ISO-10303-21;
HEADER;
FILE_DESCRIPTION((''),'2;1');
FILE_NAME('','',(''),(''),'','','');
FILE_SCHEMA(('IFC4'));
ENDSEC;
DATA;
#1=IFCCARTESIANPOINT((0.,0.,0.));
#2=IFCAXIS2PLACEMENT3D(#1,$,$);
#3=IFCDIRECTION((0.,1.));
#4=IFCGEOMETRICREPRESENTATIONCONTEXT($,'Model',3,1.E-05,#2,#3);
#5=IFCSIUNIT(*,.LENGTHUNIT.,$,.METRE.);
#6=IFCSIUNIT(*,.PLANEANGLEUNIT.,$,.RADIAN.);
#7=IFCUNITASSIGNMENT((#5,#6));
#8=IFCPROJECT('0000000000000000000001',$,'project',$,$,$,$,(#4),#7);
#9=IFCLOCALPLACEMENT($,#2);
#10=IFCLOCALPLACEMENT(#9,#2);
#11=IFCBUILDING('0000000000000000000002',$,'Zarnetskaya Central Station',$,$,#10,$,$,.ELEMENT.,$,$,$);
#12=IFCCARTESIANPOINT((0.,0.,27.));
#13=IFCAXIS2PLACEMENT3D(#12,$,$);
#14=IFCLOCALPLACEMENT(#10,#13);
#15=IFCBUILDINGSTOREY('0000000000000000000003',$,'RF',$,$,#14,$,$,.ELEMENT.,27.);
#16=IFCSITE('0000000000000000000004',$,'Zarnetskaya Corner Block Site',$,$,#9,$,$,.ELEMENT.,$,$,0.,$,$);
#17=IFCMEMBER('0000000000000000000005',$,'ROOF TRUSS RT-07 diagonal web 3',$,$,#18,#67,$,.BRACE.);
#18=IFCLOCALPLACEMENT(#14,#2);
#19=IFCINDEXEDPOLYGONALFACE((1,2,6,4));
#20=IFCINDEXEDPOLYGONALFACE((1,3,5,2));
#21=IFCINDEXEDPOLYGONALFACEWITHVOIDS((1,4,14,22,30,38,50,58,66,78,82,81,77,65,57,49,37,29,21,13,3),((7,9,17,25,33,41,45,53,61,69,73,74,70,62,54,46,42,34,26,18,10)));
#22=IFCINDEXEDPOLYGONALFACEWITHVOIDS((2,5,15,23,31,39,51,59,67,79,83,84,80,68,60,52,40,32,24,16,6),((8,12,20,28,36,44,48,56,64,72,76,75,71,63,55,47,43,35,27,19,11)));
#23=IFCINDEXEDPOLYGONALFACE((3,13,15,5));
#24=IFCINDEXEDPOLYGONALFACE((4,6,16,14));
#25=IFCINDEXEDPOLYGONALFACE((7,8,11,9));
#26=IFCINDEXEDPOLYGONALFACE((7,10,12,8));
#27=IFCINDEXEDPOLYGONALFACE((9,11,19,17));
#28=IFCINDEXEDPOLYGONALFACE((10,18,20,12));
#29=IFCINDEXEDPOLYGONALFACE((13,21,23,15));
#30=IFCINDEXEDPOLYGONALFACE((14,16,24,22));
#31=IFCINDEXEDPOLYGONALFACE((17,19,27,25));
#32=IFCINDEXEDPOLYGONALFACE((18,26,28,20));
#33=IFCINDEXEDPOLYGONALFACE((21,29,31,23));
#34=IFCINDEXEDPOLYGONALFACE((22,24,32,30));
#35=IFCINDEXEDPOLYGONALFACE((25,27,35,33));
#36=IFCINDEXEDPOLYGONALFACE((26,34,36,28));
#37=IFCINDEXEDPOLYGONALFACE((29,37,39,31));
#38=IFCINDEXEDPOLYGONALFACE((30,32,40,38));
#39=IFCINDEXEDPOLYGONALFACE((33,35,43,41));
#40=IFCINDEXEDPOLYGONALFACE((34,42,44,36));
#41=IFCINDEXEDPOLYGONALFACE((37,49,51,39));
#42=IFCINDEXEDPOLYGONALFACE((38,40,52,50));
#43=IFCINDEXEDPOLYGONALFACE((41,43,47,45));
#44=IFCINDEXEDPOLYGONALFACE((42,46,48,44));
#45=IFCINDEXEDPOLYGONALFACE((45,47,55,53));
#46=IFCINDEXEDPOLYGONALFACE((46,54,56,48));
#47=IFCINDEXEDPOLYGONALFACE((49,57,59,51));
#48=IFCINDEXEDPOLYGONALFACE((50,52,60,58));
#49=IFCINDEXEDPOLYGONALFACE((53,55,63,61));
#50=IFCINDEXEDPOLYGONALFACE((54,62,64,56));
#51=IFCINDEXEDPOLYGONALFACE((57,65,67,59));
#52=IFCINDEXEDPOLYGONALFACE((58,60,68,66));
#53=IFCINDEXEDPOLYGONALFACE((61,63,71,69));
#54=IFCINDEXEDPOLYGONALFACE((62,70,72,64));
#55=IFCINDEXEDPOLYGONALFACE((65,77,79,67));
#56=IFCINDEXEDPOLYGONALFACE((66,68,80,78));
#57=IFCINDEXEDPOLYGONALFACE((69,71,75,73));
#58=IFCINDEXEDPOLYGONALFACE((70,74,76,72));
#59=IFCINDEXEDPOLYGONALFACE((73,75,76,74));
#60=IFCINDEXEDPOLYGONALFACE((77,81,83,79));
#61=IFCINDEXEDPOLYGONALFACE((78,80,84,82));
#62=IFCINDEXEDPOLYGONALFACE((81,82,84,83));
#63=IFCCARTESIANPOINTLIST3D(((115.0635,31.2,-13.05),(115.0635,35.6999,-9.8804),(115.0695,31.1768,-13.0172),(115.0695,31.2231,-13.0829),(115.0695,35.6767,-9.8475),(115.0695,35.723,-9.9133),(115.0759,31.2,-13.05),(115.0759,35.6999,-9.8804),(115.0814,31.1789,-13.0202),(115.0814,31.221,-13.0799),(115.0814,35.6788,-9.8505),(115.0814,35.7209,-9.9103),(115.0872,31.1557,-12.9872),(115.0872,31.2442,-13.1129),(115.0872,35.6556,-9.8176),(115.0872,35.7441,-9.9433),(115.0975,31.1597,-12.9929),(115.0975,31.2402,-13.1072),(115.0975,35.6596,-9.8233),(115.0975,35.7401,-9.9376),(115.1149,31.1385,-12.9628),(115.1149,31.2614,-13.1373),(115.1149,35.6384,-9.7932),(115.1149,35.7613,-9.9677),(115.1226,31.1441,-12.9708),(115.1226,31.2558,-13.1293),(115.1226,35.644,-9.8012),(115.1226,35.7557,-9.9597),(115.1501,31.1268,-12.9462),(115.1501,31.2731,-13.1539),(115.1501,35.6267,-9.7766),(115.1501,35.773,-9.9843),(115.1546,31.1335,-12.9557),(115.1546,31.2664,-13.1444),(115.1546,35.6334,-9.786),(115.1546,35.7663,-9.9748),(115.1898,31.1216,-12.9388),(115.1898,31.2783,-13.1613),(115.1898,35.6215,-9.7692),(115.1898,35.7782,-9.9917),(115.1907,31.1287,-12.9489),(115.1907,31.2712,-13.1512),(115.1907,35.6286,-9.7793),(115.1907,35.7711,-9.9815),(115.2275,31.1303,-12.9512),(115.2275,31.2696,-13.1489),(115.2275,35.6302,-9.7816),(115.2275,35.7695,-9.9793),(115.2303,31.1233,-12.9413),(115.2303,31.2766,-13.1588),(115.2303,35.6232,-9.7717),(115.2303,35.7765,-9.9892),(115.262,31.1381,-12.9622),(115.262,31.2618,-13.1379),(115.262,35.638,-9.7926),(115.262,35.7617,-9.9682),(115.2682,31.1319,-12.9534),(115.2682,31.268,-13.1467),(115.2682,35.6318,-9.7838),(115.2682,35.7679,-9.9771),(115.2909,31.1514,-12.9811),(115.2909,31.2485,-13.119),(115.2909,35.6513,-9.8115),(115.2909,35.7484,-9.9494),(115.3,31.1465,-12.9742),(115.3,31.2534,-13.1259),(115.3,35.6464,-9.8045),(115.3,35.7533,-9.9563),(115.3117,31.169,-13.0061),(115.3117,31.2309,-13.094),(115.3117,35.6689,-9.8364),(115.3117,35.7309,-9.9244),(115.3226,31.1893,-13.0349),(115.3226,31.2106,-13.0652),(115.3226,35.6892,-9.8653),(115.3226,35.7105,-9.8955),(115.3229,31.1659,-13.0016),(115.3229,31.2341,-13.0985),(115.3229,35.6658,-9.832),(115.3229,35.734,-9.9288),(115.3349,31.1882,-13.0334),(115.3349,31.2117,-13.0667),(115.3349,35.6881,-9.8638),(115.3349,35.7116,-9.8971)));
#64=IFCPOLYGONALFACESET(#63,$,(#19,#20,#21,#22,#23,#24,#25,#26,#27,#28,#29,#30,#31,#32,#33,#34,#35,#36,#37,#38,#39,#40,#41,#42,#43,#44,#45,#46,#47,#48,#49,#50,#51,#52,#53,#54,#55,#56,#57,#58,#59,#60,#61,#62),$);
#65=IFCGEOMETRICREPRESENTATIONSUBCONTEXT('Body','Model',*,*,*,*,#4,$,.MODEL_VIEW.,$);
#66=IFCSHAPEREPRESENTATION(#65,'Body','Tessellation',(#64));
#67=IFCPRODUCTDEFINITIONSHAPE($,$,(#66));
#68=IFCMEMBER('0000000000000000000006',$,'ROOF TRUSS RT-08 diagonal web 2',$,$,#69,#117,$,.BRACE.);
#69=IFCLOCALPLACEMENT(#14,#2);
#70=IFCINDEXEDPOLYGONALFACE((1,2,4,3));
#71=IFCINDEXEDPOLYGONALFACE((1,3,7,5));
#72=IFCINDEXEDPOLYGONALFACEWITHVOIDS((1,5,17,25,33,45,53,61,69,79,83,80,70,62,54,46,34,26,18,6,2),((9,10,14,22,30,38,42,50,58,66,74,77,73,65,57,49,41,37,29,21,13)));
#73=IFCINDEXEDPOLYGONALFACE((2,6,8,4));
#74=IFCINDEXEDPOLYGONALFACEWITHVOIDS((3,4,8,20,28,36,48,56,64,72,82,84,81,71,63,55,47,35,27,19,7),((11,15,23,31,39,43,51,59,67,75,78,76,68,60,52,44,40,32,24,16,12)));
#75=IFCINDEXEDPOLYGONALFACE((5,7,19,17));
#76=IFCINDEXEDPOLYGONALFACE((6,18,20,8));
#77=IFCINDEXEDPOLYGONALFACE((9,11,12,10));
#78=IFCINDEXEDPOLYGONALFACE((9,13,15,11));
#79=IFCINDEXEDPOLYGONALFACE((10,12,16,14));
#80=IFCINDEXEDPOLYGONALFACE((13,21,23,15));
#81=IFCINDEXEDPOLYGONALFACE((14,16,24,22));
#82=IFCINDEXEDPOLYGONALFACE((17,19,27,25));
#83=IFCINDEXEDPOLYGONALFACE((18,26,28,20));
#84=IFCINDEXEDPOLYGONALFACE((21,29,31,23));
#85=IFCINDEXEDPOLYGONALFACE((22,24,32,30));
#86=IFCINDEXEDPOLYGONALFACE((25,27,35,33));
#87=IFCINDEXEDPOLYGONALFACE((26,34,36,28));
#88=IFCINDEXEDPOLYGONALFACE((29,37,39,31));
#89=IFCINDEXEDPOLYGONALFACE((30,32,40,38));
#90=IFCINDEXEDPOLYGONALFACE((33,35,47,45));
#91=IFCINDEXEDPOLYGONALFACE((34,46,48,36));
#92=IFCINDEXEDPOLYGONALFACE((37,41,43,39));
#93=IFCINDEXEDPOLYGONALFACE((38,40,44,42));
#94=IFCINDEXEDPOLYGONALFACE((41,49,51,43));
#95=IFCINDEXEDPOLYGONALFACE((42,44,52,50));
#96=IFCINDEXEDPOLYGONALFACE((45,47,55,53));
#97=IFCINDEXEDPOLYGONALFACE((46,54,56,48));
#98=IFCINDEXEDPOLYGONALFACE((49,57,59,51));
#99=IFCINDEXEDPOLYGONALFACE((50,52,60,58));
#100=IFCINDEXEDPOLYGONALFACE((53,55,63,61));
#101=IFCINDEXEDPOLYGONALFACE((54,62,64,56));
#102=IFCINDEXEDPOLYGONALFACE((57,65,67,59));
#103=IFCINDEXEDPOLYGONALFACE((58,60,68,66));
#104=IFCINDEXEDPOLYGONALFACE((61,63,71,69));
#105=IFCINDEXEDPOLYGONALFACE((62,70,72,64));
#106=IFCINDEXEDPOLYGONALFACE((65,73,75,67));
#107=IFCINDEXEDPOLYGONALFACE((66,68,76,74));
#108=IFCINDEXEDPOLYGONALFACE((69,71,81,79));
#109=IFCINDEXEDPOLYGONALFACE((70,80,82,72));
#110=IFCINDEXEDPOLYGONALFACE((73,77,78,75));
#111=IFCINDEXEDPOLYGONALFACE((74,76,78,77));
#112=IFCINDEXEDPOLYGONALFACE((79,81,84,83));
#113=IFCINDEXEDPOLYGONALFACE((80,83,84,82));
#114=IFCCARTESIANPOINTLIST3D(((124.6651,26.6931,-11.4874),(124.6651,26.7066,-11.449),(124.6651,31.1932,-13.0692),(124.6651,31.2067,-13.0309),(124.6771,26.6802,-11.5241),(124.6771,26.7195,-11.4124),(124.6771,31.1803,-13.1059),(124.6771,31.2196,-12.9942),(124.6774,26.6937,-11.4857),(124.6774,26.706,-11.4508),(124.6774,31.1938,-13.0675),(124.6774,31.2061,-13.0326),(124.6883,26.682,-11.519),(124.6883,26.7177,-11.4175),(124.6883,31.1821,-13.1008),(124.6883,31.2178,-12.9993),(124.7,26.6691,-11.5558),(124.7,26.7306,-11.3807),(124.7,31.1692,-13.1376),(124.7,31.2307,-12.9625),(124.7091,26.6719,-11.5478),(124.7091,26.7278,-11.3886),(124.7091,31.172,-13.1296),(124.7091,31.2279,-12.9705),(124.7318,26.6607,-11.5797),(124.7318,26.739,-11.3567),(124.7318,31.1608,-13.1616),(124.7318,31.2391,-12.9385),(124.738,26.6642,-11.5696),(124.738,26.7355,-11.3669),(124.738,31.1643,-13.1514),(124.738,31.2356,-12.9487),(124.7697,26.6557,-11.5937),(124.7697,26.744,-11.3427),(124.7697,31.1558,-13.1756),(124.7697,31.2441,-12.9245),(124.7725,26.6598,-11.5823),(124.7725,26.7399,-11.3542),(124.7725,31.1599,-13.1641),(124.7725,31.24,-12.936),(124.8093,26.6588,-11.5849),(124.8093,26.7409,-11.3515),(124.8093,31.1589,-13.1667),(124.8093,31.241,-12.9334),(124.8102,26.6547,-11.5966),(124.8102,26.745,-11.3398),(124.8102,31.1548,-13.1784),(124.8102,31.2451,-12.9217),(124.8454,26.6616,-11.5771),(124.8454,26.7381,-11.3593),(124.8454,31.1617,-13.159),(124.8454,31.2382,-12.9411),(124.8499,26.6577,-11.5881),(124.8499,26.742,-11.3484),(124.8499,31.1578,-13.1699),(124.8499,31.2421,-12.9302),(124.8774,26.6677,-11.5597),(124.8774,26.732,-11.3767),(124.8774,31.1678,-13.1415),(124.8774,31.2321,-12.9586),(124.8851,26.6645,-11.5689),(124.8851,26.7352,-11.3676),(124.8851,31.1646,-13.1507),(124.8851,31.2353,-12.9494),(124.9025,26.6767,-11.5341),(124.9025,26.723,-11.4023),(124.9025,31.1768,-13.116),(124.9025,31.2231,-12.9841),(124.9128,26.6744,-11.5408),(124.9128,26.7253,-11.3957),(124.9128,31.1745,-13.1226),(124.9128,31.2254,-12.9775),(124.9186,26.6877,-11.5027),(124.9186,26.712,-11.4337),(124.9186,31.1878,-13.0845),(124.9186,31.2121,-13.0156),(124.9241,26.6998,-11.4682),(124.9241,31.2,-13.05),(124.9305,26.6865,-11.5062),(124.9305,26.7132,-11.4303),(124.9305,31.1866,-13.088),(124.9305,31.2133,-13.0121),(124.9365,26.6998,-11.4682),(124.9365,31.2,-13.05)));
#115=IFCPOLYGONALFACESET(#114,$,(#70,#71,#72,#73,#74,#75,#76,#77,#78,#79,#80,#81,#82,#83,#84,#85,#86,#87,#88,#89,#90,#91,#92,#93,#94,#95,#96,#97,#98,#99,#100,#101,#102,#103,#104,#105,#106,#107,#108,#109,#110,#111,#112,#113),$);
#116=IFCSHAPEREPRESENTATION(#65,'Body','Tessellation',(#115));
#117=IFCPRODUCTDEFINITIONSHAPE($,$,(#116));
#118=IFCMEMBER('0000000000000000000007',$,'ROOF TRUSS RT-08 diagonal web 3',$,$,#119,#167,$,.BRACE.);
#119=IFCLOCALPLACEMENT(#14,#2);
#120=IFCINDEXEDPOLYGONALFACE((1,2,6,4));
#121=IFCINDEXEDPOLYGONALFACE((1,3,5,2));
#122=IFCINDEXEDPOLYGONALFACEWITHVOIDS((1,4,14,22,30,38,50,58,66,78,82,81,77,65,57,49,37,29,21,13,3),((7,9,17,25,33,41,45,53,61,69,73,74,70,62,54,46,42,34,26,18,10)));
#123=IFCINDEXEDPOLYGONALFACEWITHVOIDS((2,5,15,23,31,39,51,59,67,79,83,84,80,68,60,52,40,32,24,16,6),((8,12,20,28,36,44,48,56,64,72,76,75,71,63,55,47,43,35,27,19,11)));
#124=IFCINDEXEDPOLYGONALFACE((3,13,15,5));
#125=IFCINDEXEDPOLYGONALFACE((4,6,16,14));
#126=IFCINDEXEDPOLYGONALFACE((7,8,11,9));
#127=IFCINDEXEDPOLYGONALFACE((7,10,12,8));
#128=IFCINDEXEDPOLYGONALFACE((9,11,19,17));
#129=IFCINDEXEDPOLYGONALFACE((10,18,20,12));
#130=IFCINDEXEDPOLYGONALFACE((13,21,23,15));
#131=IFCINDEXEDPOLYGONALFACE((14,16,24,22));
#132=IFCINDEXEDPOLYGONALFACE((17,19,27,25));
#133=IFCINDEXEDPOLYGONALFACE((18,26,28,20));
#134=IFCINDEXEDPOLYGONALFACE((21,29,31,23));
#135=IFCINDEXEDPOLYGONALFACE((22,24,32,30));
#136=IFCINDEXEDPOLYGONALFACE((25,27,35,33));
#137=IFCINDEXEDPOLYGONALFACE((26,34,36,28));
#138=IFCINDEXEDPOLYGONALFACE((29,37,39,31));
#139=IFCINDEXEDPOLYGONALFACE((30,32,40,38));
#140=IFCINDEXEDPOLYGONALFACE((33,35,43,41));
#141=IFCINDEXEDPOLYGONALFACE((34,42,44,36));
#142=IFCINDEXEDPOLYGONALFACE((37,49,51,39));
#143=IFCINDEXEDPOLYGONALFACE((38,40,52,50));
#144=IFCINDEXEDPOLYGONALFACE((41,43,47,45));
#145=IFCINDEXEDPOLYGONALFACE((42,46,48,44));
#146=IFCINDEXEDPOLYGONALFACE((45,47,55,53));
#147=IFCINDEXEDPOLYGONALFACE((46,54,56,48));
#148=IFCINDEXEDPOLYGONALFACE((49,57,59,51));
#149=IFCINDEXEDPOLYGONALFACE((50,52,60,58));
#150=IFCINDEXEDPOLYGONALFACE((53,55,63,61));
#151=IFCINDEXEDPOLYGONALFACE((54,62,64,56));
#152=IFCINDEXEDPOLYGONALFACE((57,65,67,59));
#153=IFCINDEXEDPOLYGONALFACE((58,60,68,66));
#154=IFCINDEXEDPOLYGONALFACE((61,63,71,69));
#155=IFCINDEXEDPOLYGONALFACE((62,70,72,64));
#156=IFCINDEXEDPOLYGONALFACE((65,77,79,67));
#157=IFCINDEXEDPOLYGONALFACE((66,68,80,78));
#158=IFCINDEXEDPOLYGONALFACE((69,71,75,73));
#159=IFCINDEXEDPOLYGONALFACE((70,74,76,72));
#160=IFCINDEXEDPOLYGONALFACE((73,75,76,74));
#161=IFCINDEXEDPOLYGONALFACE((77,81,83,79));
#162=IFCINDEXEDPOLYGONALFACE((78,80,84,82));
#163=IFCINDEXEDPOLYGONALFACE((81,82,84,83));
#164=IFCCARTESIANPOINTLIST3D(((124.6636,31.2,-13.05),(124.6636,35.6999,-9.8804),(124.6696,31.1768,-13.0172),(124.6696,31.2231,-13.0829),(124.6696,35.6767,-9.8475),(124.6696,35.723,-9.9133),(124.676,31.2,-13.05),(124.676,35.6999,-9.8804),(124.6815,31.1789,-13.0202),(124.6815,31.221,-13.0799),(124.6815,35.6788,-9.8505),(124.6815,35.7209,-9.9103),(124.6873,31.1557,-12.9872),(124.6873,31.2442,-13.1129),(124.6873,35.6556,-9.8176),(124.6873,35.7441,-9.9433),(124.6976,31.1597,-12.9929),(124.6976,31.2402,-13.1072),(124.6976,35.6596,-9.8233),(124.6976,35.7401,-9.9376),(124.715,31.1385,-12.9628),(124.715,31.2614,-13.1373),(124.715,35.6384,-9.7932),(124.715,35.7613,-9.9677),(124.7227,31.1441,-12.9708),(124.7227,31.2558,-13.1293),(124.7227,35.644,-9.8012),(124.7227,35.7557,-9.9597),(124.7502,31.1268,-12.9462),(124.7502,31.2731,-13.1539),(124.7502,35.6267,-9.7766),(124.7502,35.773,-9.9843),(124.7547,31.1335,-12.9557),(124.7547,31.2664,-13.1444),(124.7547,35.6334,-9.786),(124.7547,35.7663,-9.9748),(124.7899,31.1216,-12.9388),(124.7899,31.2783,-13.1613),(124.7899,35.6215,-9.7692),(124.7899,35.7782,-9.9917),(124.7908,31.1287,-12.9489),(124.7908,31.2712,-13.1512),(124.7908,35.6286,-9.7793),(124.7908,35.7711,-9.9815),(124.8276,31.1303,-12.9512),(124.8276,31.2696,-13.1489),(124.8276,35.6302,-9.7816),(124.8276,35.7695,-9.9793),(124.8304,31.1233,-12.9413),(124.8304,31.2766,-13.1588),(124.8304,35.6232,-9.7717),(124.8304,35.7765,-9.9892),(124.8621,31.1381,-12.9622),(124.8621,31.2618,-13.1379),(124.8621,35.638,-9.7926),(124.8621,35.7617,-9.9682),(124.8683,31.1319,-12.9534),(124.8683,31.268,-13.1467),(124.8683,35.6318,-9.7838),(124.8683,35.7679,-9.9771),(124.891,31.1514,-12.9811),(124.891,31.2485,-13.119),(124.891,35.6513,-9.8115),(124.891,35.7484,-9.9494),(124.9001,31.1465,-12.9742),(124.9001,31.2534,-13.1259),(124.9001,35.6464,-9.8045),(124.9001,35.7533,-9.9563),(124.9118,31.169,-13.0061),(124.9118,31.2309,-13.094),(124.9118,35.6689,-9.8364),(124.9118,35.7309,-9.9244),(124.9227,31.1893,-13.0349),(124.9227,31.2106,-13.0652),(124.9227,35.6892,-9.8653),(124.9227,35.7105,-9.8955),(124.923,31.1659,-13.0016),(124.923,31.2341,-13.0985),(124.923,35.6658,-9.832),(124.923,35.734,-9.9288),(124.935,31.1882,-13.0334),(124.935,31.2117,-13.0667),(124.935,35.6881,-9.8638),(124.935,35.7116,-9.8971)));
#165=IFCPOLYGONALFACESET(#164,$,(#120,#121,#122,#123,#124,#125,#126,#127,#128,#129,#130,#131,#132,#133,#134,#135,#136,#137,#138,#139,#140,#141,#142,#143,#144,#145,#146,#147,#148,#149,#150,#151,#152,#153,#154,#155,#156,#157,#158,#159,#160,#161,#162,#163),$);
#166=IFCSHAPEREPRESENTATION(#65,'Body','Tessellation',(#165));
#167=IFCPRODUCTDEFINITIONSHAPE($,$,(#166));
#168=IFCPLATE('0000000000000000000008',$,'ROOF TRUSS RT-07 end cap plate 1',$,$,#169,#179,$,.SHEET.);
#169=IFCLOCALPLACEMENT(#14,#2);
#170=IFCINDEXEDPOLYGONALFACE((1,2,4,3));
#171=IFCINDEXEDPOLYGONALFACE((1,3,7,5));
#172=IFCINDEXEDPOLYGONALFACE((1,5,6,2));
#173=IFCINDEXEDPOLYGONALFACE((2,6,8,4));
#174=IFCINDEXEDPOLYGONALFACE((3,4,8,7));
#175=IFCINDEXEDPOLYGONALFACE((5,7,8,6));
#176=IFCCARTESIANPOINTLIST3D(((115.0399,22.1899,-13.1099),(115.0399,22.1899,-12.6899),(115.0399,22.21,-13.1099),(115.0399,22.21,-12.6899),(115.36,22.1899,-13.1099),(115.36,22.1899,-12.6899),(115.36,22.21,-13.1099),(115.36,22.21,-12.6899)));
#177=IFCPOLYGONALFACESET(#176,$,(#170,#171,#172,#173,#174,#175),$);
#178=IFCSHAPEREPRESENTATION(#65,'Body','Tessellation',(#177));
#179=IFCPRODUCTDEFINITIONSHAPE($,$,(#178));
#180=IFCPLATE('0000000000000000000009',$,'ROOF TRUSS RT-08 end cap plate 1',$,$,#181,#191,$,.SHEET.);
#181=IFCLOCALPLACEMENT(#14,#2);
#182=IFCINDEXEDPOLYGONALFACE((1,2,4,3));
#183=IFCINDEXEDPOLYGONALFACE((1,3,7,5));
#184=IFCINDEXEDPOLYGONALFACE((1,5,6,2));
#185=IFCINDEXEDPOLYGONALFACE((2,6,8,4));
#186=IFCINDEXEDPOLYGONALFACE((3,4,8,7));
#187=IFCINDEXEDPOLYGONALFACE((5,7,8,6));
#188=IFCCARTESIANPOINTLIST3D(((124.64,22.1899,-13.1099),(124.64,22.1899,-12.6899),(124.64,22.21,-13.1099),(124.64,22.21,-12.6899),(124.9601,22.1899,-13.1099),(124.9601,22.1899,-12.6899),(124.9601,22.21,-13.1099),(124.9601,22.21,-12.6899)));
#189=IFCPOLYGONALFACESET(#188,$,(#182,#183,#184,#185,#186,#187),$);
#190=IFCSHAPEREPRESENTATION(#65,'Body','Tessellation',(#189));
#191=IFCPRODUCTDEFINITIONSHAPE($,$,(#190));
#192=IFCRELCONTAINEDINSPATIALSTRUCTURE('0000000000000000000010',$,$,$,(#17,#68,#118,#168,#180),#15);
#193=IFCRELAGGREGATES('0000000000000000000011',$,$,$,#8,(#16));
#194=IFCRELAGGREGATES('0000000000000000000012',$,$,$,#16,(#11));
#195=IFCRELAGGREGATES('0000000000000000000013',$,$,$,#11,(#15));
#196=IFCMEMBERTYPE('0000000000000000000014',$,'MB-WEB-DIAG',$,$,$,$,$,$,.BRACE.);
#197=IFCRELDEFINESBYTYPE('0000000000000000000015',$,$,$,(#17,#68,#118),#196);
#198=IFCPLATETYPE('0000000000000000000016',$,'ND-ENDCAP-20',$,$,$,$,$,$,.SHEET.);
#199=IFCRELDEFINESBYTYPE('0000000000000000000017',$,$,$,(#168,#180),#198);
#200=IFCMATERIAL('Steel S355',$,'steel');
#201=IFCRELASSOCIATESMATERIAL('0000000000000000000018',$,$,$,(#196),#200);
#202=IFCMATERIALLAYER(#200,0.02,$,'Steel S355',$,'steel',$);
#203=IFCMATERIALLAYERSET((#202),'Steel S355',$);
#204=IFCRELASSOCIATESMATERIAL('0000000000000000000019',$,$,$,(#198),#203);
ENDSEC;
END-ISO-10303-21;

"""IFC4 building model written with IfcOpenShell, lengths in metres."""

from ifc_helpers import new_model, si_unit, direction, frame, origin, origin_2d, place, context, subcontext, project, spatial, rectangle, hollow_circle, extrude, material, layer, layer_set, material_profile, profile_set, type_object, element, save


model = new_model("IFC4")

# Units and contexts
model_context = context("Model", 3, precision=1e-05, world=origin(), true_north=direction((0.0, 1.0)))
body_context = subcontext(model_context, "Body", "Model", "MODEL_VIEW")
ifc_project = project(units=[si_unit("LENGTHUNIT", "METRE"), si_unit("PLANEANGLEUNIT", "RADIAN")], contexts=[model_context])

# Site, building, storey
site_placement = place(None, origin())
site = spatial("IfcSite", under=ifc_project, at=site_placement, Name="Zarnetskaya Corner Block Site", CompositionType="ELEMENT", RefElevation=0.0)
building_placement = place(site_placement, origin())
building = spatial("IfcBuilding", under=site, at=building_placement, Name="Zarnetskaya Central Station", CompositionType="ELEMENT")
storey_placement = place(building_placement, frame((0.0, 0.0, 27.0)))
storey = spatial("IfcBuildingStorey", under=building, at=storey_placement, Name="RF", CompositionType="ELEMENT", Elevation=27.0)

# Shared definitions
ifc_material_1 = material(Name="Steel S355", Category="steel")

# Members
ifc_material_profile_1 = material_profile(ifc_material_1, hollow_circle(Radius=0.1365, WallThickness=0.0125, at=origin_2d()), Name="CHS 273x12.5")
ifc_profile_set_1 = profile_set([ifc_material_profile_1], Name="Steel S355")
member_type_1 = type_object("IfcMemberType", Name="MB-WEB-DIAG", PredefinedType="BRACE", material=ifc_profile_set_1)
member_1_placement = place(storey_placement, frame((115.2, 31.2, -13.05), z_axis=(0.0, 0.817549, 0.575859), x_axis=(-1.0, 0.0, 0.0)))
element("IfcMember", 1, at=member_1_placement, inside=storey, type_object=member_type_1, Name="ROOF TRUSS RT-07 diagonal web 3", PredefinedType="BRACE", context=body_context, shape_type="SweptSolid", body=[
    extrude(hollow_circle(Radius=0.1365, WallThickness=0.0125, at=origin_2d()), origin(), (0.0, 0.0, 1.0), 5.5042),
])
member_2_placement = place(storey_placement, frame((124.8, 31.2, -13.05), z_axis=(0.0, -0.943414, 0.331618), x_axis=(1.0, 0.0, 0.0)))
element("IfcMember", 2, at=member_2_placement, inside=storey, type_object=member_type_1, Name="ROOF TRUSS RT-08 diagonal web 2", PredefinedType="BRACE", context=body_context, shape_type="SweptSolid", body=[
    extrude(hollow_circle(Radius=0.1365, WallThickness=0.0125, at=origin_2d()), origin(), (0.0, 0.0, 1.0), 4.77),
])
member_3_placement = place(storey_placement, frame((124.8, 31.2, -13.05), z_axis=(0.0, 0.817549, 0.575859), x_axis=(-1.0, 0.0, 0.0)))
element("IfcMember", 3, at=member_3_placement, inside=storey, type_object=member_type_1, Name="ROOF TRUSS RT-08 diagonal web 3", PredefinedType="BRACE", context=body_context, shape_type="SweptSolid", body=[
    extrude(hollow_circle(Radius=0.1365, WallThickness=0.0125, at=origin_2d()), origin(), (0.0, 0.0, 1.0), 5.5042),
])

# Plates
ifc_layer_1 = layer(ifc_material_1, 0.02, Name="Steel S355", Category="steel")
ifc_layer_set_1 = layer_set([ifc_layer_1], Name="Steel S355")
plate_type_1 = type_object("IfcPlateType", Name="ND-ENDCAP-20", PredefinedType="SHEET", material=ifc_layer_set_1)
for number, where, z_axis, x_axis, name in (
    (4, (115.2, 22.2, -13.1099), (0.0, 0.0, 1.0), (1.0, 0.0, 0.0), "ROOF TRUSS RT-07 end cap plate 1"),
    (5, (124.8, 22.2, -13.1099), (0.0, 0.0, 1.0), (1.0, 0.0, 0.0), "ROOF TRUSS RT-08 end cap plate 1"),
):
    element("IfcPlate", number, at=place(storey_placement, frame(where, z_axis=z_axis, x_axis=x_axis)), inside=storey, type_object=plate_type_1, Name=name, PredefinedType="SHEET", context=body_context, shape_type="SweptSolid", body=[
        extrude(rectangle(XDim=0.3201, YDim=0.02, at=origin_2d()), origin(), (0.0, 0.0, 1.0), 0.4199),
    ])

save(model, "model.ifc")
